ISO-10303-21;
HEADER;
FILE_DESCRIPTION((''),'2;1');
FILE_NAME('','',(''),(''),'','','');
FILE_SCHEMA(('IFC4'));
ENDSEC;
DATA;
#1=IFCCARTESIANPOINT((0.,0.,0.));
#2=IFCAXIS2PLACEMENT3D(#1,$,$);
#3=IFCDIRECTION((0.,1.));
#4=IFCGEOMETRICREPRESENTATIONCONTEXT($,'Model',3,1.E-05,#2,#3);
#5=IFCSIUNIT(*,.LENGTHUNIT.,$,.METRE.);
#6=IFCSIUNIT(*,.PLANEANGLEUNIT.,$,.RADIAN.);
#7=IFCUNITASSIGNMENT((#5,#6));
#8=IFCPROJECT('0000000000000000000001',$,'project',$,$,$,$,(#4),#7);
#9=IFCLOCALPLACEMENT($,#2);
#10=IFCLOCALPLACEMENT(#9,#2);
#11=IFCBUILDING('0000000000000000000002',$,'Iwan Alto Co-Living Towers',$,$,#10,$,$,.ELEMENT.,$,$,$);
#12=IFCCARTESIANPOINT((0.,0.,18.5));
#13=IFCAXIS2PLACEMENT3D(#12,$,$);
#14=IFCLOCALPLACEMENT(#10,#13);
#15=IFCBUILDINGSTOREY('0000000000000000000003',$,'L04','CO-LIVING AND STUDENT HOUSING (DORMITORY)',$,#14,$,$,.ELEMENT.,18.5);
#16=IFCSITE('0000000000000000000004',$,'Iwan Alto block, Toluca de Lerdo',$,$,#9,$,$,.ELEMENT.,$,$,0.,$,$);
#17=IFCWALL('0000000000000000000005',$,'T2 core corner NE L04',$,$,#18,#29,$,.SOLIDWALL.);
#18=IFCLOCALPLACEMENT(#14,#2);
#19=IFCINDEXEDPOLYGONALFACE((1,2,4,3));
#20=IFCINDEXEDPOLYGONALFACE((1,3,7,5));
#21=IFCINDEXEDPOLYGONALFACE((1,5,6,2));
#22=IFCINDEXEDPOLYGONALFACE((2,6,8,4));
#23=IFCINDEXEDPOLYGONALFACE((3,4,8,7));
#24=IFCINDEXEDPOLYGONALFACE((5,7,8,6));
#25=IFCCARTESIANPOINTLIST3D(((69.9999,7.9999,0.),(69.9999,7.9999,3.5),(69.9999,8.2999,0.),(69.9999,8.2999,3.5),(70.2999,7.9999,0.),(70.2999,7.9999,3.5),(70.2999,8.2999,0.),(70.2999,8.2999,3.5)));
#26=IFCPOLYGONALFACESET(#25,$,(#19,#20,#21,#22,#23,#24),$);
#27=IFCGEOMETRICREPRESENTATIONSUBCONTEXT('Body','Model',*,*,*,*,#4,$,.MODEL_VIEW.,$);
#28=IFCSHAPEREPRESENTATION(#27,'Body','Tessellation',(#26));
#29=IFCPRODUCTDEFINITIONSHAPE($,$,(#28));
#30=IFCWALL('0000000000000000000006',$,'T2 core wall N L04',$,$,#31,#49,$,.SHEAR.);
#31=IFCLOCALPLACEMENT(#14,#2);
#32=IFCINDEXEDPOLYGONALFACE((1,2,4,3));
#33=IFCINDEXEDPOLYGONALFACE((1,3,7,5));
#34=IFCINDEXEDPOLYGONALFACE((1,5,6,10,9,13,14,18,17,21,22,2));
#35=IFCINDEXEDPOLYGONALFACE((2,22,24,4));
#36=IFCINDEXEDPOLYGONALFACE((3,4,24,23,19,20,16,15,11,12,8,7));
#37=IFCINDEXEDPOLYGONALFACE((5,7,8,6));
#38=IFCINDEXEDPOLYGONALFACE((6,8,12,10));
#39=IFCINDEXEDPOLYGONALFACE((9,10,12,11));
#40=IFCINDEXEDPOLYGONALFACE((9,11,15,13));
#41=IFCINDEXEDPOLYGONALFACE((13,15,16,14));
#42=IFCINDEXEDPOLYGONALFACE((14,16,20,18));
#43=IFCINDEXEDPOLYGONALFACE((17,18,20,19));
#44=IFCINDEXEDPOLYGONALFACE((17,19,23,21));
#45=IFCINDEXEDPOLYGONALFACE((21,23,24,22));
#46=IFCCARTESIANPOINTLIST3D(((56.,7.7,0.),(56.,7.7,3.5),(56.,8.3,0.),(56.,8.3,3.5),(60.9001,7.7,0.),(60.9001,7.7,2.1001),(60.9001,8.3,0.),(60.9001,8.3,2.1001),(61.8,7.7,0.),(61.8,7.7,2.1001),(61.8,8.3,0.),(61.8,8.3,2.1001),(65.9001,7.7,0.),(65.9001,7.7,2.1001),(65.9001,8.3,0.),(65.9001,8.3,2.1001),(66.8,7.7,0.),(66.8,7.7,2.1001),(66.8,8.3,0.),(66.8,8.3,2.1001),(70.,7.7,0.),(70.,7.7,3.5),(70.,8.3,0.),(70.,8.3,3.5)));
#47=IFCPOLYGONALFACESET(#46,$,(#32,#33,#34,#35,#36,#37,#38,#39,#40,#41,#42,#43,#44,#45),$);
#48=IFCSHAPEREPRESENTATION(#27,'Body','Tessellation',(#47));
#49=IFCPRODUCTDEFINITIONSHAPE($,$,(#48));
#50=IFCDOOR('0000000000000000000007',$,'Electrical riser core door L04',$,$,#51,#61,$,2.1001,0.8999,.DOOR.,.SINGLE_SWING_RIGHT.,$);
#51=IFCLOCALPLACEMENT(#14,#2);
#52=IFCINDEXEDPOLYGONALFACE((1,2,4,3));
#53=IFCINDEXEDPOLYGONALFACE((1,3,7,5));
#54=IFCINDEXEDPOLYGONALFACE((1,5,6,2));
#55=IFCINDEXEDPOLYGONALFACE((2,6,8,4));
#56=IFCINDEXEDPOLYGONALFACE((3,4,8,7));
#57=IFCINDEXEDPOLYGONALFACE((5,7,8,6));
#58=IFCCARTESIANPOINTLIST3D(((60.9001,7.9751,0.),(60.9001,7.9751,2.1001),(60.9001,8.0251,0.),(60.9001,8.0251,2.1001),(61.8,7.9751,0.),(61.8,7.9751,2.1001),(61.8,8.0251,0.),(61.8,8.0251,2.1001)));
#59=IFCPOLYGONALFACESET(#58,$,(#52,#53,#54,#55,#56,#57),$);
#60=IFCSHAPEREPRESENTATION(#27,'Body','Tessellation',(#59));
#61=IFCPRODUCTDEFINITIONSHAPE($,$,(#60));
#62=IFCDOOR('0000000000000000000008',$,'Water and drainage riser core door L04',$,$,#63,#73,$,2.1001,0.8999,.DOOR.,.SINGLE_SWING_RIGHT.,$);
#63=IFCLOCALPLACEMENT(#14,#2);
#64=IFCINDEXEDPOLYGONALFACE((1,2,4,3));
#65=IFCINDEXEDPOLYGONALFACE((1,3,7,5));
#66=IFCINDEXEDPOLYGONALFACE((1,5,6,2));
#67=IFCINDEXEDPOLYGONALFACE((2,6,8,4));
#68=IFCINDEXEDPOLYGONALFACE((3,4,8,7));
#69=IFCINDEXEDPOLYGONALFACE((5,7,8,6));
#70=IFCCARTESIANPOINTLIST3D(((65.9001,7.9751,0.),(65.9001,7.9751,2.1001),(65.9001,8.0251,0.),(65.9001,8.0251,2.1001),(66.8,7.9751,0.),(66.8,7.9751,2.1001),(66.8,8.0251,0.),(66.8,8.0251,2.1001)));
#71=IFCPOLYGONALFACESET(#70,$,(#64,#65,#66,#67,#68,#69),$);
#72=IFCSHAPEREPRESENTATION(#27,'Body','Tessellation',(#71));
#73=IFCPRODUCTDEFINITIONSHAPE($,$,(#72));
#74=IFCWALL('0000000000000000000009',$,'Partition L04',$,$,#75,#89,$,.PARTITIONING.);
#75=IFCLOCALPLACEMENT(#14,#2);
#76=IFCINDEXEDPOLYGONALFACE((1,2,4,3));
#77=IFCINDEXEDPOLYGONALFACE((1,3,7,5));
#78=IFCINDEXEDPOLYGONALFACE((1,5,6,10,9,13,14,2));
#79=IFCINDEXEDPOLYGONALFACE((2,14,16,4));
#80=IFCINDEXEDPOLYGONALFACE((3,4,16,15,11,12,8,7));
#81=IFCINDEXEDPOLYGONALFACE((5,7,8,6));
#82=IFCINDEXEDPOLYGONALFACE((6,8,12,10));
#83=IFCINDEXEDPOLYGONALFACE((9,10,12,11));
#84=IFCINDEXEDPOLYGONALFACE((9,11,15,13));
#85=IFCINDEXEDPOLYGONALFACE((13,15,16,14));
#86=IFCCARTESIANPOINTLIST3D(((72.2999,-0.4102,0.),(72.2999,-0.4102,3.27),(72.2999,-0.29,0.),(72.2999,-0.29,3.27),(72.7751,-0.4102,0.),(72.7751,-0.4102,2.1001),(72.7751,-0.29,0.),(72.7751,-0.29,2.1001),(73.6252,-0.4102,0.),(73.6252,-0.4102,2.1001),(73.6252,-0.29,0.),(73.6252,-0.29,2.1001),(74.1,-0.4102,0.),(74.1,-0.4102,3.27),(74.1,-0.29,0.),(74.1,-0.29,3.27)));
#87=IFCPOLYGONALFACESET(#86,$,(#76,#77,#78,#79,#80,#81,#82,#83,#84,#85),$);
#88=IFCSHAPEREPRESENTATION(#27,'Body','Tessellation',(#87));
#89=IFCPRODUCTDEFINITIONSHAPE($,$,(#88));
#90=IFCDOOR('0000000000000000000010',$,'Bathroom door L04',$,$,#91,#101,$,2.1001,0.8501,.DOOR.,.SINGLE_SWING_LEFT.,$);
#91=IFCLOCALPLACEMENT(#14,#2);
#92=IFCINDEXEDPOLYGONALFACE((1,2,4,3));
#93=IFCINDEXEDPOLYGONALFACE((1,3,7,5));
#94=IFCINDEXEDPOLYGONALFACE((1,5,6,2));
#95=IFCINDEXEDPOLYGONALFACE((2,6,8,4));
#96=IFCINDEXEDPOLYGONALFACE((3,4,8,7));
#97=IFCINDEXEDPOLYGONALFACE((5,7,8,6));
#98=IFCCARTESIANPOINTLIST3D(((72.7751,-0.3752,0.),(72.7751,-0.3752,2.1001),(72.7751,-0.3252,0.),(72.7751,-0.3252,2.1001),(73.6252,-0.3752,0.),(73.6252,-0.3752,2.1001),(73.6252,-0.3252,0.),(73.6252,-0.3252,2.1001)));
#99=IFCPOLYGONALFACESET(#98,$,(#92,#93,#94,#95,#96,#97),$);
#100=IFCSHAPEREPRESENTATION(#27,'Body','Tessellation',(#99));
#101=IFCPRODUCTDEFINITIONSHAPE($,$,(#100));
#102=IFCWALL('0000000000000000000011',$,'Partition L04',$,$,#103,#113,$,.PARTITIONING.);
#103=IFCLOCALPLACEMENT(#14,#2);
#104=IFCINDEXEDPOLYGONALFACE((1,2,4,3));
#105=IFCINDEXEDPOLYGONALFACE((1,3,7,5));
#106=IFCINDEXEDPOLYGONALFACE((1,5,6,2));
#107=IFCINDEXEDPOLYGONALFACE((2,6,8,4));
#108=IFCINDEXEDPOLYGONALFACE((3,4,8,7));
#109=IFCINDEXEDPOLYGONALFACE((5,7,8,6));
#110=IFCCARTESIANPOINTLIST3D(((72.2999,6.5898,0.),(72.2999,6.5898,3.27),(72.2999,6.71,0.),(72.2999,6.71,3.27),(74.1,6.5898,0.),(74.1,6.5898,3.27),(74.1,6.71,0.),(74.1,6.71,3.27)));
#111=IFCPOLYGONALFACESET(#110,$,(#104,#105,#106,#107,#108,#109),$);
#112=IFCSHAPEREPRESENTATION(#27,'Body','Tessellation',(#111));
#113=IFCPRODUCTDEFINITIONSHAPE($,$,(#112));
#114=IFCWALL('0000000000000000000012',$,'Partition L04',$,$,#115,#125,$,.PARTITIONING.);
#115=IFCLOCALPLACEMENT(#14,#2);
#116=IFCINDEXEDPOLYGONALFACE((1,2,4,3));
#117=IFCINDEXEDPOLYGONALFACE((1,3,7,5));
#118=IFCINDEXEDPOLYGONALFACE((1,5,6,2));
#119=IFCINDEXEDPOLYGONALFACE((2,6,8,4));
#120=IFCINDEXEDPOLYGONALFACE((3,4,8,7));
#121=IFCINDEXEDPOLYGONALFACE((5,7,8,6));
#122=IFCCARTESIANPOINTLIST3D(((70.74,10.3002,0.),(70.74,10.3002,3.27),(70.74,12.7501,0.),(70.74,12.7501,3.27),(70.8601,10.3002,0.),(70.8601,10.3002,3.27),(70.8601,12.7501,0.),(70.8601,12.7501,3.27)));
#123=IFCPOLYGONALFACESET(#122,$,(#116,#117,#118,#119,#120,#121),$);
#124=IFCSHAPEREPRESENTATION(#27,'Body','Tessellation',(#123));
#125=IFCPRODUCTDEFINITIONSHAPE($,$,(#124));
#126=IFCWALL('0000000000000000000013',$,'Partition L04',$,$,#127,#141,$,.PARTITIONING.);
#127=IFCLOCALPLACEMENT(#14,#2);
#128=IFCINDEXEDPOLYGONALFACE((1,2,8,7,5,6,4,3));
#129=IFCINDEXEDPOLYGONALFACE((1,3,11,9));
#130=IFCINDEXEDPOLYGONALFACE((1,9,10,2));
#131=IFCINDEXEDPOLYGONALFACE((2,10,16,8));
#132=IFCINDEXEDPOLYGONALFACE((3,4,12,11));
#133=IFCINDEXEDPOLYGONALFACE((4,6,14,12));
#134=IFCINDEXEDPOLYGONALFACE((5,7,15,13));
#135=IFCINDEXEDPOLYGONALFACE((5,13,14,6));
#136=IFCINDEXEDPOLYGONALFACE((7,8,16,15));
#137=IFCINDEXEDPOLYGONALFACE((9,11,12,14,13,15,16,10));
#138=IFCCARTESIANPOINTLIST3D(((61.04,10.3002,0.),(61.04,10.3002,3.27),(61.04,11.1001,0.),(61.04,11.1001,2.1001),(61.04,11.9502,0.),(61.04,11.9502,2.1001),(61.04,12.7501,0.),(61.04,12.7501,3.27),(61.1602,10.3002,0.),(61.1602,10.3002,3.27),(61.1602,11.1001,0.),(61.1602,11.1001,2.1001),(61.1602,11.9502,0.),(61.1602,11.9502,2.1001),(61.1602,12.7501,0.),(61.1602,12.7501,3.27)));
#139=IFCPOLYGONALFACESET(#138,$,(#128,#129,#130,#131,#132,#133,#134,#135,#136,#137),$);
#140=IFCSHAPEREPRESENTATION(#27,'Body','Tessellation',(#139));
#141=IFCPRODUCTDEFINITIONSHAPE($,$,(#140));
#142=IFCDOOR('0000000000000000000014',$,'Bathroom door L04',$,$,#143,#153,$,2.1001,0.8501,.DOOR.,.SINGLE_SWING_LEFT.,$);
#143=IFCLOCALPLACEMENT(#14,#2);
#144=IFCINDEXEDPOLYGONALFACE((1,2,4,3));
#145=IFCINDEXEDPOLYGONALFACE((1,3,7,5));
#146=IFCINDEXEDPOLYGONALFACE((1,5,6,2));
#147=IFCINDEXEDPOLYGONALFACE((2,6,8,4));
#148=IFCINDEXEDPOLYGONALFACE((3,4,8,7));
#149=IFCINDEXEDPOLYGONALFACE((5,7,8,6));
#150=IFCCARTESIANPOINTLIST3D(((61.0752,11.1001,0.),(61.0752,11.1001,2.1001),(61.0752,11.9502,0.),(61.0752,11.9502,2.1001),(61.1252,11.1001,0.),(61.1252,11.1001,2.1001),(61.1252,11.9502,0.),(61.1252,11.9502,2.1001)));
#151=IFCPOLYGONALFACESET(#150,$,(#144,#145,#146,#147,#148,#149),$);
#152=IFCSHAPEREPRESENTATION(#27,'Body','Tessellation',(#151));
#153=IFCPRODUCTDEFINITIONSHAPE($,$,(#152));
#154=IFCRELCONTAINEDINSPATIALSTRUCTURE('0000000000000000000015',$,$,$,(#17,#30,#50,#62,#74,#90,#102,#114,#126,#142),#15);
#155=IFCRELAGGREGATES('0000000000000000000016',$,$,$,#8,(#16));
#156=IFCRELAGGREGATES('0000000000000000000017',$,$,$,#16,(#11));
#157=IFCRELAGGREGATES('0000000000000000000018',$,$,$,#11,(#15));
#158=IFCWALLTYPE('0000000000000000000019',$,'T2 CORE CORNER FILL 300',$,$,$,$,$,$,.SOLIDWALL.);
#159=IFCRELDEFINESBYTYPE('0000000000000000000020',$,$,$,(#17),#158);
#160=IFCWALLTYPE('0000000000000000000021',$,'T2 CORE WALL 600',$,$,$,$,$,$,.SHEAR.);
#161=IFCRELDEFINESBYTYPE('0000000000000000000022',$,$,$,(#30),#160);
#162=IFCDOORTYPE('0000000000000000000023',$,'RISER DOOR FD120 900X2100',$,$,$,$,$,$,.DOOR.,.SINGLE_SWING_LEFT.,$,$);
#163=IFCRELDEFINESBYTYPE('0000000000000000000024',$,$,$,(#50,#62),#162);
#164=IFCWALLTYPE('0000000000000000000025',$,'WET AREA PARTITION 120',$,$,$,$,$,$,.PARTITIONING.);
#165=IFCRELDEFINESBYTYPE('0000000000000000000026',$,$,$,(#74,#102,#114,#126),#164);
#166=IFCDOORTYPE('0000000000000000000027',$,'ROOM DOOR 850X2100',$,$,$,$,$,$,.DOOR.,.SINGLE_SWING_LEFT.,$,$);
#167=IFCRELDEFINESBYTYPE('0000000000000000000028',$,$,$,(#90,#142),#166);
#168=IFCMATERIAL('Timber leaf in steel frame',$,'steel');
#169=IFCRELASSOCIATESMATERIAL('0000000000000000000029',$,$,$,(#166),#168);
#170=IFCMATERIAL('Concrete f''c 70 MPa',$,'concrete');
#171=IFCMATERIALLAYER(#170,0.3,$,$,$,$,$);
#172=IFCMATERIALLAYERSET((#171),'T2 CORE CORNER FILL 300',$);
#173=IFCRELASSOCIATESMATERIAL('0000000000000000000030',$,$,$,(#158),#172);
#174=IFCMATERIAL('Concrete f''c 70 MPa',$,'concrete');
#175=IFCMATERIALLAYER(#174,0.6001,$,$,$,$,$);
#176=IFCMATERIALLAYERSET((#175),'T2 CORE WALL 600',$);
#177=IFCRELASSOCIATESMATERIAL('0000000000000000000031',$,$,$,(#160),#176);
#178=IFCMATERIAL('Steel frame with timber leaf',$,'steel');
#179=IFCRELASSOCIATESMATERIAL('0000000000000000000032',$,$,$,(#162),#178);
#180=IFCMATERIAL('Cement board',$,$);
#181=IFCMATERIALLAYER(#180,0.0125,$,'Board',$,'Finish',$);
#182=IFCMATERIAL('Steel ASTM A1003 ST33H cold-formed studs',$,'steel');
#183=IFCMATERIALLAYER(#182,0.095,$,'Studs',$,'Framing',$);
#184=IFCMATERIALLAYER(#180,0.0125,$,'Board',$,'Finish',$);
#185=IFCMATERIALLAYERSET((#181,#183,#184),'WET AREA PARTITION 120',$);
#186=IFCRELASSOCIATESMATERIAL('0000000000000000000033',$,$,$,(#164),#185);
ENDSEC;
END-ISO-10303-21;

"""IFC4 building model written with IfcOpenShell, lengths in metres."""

from ifc_helpers import new_model, si_unit, direction, frame, frame_2d, origin, place, context, subcontext, project, spatial, rectangle, extrude, material, layer, layer_set, type_object, element, fill, save


model = new_model("IFC4")

# Units and contexts
model_context = context("Model", 3, precision=1e-05, world=origin(), true_north=direction((0.0, 1.0)))
body_context = subcontext(model_context, "Body", "Model", "MODEL_VIEW")
ifc_project = project(units=[si_unit("LENGTHUNIT", "METRE"), si_unit("PLANEANGLEUNIT", "RADIAN")], contexts=[model_context])

# Site, building, storey
site_placement = place(None, origin())
site = spatial("IfcSite", under=ifc_project, at=site_placement, Name="Iwan Alto block, Toluca de Lerdo", CompositionType="ELEMENT", RefElevation=0.0)
building_placement = place(site_placement, origin())
building = spatial("IfcBuilding", under=site, at=building_placement, Name="Iwan Alto Co-Living Towers", CompositionType="ELEMENT")
storey_placement = place(building_placement, frame((0.0, 0.0, 18.5)))
storey = spatial("IfcBuildingStorey", under=building, at=storey_placement, Name="L04", Description="CO-LIVING AND STUDENT HOUSING (DORMITORY)", CompositionType="ELEMENT", Elevation=18.5)

# Shared definitions
ifc_material_1 = material(Name="Steel ASTM A1003 ST33H cold-formed studs", Category="steel")
ifc_material_2 = material(Name="Timber leaf in steel frame", Category="steel")
door_type_1 = type_object("IfcDoorType", Name="ROOM DOOR 850X2100", OperationType="SINGLE_SWING_LEFT", PredefinedType="DOOR", material=ifc_material_2)

# Wall
ifc_material_3 = material(Name="Concrete f'c 70 MPa", Category="concrete")
ifc_layer_1 = layer(ifc_material_3, 0.3)
ifc_layer_set_1 = layer_set([ifc_layer_1], Name="T2 CORE CORNER FILL 300")
wall_type_1 = type_object("IfcWallType", Name="T2 CORE CORNER FILL 300", PredefinedType="SOLIDWALL", material=ifc_layer_set_1)
wall_1_placement = place(storey_placement, frame((70.0, 8.1499, 0.0), z_axis=(0.0, 0.0, 1.0), x_axis=(1.0, 0.0, 0.0)))
element("IfcWall", 1, at=wall_1_placement, inside=storey, type_object=wall_type_1, Name="T2 core corner NE L04", PredefinedType="SOLIDWALL", context=body_context, shape_type="SweptSolid", body=[
    extrude(rectangle(XDim=0.3, YDim=0.3, at=frame_2d((0.1499, 0.0))), origin(), (0.0, 0.0, 1.0), 3.5),
])

# Wall, openings, doors
ifc_material_4 = material(Name="Concrete f'c 70 MPa", Category="concrete")
ifc_layer_2 = layer(ifc_material_4, 0.6001)
ifc_layer_set_2 = layer_set([ifc_layer_2], Name="T2 CORE WALL 600")
wall_type_2 = type_object("IfcWallType", Name="T2 CORE WALL 600", PredefinedType="SHEAR", material=ifc_layer_set_2)
wall_2_placement = place(storey_placement, frame((70.0, 8.0, 0.0), z_axis=(0.0, 0.0, 1.0), x_axis=(-1.0, 0.0, 0.0)))
wall_2 = element("IfcWall", 2, at=wall_2_placement, inside=storey, type_object=wall_type_2, Name="T2 core wall N L04", PredefinedType="SHEAR", context=body_context, shape_type="SweptSolid", body=[
    extrude(rectangle(XDim=14.0, YDim=0.6001, at=frame_2d((7.0, 0.0))), origin(), (0.0, 0.0, 1.0), 3.5),
])
opening_1_placement = place(wall_2_placement, frame((8.2, 0.0, 0.0)))
opening_1 = element("IfcOpeningElement", 3, at=opening_1_placement, cuts=wall_2, PredefinedType="OPENING", context=body_context, shape_type="SweptSolid", body=[
    extrude(rectangle(XDim=0.8999, YDim=2.1001, at=frame_2d((0.45, 1.05))), frame((0.0, 0.3101, 0.0), z_axis=(0.0, -1.0, 0.0), x_axis=(1.0, 0.0, 0.0)), (0.0, 0.0, 1.0), 0.6201),
])
opening_2_placement = place(wall_2_placement, frame((3.2, 0.0, 0.0)))
opening_2 = element("IfcOpeningElement", 4, at=opening_2_placement, cuts=wall_2, PredefinedType="OPENING", context=body_context, shape_type="SweptSolid", body=[
    extrude(rectangle(XDim=0.8999, YDim=2.1001, at=frame_2d((0.45, 1.05))), frame((0.0, 0.3101, 0.0), z_axis=(0.0, -1.0, 0.0), x_axis=(1.0, 0.0, 0.0)), (0.0, 0.0, 1.0), 0.6201),
])
ifc_material_5 = material(Name="Steel frame with timber leaf", Category="steel")
door_type_2 = type_object("IfcDoorType", Name="RISER DOOR FD120 900X2100", OperationType="SINGLE_SWING_LEFT", PredefinedType="DOOR", material=ifc_material_5)
door_1_placement = place(opening_1_placement, origin())
door_1 = element("IfcDoor", 5, at=door_1_placement, inside=storey, type_object=door_type_2, Name="Electrical riser core door L04", OperationType="SINGLE_SWING_RIGHT", OverallHeight=2.1001, OverallWidth=0.8999, PredefinedType="DOOR", context=body_context, shape_type="SweptSolid", body=[
    extrude(rectangle(XDim=0.8999, YDim=2.1001, at=frame_2d((0.45, 1.05))), frame((0.0, 0.0249, 0.0), z_axis=(0.0, -1.0, 0.0), x_axis=(1.0, 0.0, 0.0)), (0.0, 0.0, 1.0), 0.05),
])
fill(opening_1, door_1)
door_2_placement = place(opening_2_placement, origin())
door_2 = element("IfcDoor", 6, at=door_2_placement, inside=storey, type_object=door_type_2, Name="Water and drainage riser core door L04", OperationType="SINGLE_SWING_RIGHT", OverallHeight=2.1001, OverallWidth=0.8999, PredefinedType="DOOR", context=body_context, shape_type="SweptSolid", body=[
    extrude(rectangle(XDim=0.8999, YDim=2.1001, at=frame_2d((0.45, 1.05))), frame((0.0, 0.0249, 0.0), z_axis=(0.0, -1.0, 0.0), x_axis=(1.0, 0.0, 0.0)), (0.0, 0.0, 1.0), 0.05),
])
fill(opening_2, door_2)

# Wall, opening, door
ifc_material_6 = material(Name="Cement board")
ifc_layer_3 = layer(ifc_material_6, 0.0125, Name="Board", Category="Finish")
ifc_layer_4 = layer(ifc_material_1, 0.095, Name="Studs", Category="Framing")
ifc_layer_5 = layer(ifc_material_6, 0.0125, Name="Board", Category="Finish")
ifc_layer_set_3 = layer_set([ifc_layer_3, ifc_layer_4, ifc_layer_5], Name="WET AREA PARTITION 120")
wall_type_3 = type_object("IfcWallType", Name="WET AREA PARTITION 120", PredefinedType="PARTITIONING", material=ifc_layer_set_3)
wall_3_placement = place(storey_placement, frame((72.3, -0.3501, 0.0), z_axis=(0.0, 0.0, 1.0), x_axis=(1.0, 0.0, 0.0)))
wall_3 = element("IfcWall", 7, at=wall_3_placement, inside=storey, type_object=wall_type_3, Name="Partition L04", PredefinedType="PARTITIONING", context=body_context, shape_type="SweptSolid", body=[
    extrude(rectangle(XDim=1.8, YDim=0.1201, at=frame_2d((0.8999, 0.0))), origin(), (0.0, 0.0, 1.0), 3.27),
])
opening_3_placement = place(wall_3_placement, frame((0.4751, 0.0, 0.0)))
opening_3 = element("IfcOpeningElement", 8, at=opening_3_placement, cuts=wall_3, PredefinedType="OPENING", context=body_context, shape_type="SweptSolid", body=[
    extrude(rectangle(XDim=0.8501, YDim=2.1001, at=frame_2d((0.425, 1.05))), frame((0.0, 0.0701, 0.0), z_axis=(0.0, -1.0, 0.0), x_axis=(1.0, 0.0, 0.0)), (0.0, 0.0, 1.0), 0.1401),
])
door_3_placement = place(opening_3_placement, origin())
door_3 = element("IfcDoor", 9, at=door_3_placement, inside=storey, type_object=door_type_1, Name="Bathroom door L04", OperationType="SINGLE_SWING_LEFT", OverallHeight=2.1001, OverallWidth=0.8501, PredefinedType="DOOR", context=body_context, shape_type="SweptSolid", body=[
    extrude(rectangle(XDim=0.8501, YDim=2.1001, at=frame_2d((0.425, 1.05))), frame((0.0, 0.0249, 0.0), z_axis=(0.0, -1.0, 0.0), x_axis=(1.0, 0.0, 0.0)), (0.0, 0.0, 1.0), 0.05),
])
fill(opening_3, door_3)

# Walls
wall_4_placement = place(storey_placement, frame((72.3, 6.6499, 0.0), z_axis=(0.0, 0.0, 1.0), x_axis=(1.0, 0.0, 0.0)))
element("IfcWall", 10, at=wall_4_placement, inside=storey, type_object=wall_type_3, Name="Partition L04", PredefinedType="PARTITIONING", context=body_context, shape_type="SweptSolid", body=[
    extrude(rectangle(XDim=1.8, YDim=0.1201, at=frame_2d((0.8999, 0.0))), origin(), (0.0, 0.0, 1.0), 3.27),
])
wall_5_placement = place(storey_placement, frame((70.8, 10.3, 0.0), z_axis=(0.0, 0.0, 1.0), x_axis=(0.0, 1.0, 0.0)))
element("IfcWall", 11, at=wall_5_placement, inside=storey, type_object=wall_type_3, Name="Partition L04", PredefinedType="PARTITIONING", context=body_context, shape_type="SweptSolid", body=[
    extrude(rectangle(XDim=2.45, YDim=0.1201, at=frame_2d((1.2251, 0.0))), origin(), (0.0, 0.0, 1.0), 3.27),
])

# Wall, opening, door
wall_6_placement = place(storey_placement, frame((61.1001, 10.3, 0.0), z_axis=(0.0, 0.0, 1.0), x_axis=(0.0, 1.0, 0.0)))
wall_6 = element("IfcWall", 12, at=wall_6_placement, inside=storey, type_object=wall_type_3, Name="Partition L04", PredefinedType="PARTITIONING", context=body_context, shape_type="SweptSolid", body=[
    extrude(rectangle(XDim=2.45, YDim=0.1201, at=frame_2d((1.2251, 0.0))), origin(), (0.0, 0.0, 1.0), 3.27),
])
opening_4_placement = place(wall_6_placement, frame((0.8, 0.0, 0.0)))
opening_4 = element("IfcOpeningElement", 13, at=opening_4_placement, cuts=wall_6, PredefinedType="OPENING", context=body_context, shape_type="SweptSolid", body=[
    extrude(rectangle(XDim=0.8501, YDim=2.1001, at=frame_2d((0.425, 1.05))), frame((0.0, 0.0701, 0.0), z_axis=(0.0, -1.0, 0.0), x_axis=(1.0, 0.0, 0.0)), (0.0, 0.0, 1.0), 0.1401),
])
door_4_placement = place(opening_4_placement, origin())
door_4 = element("IfcDoor", 14, at=door_4_placement, inside=storey, type_object=door_type_1, Name="Bathroom door L04", OperationType="SINGLE_SWING_LEFT", OverallHeight=2.1001, OverallWidth=0.8501, PredefinedType="DOOR", context=body_context, shape_type="SweptSolid", body=[
    extrude(rectangle(XDim=0.8501, YDim=2.1001, at=frame_2d((0.425, 1.05))), frame((0.0, 0.0249, 0.0), z_axis=(0.0, -1.0, 0.0), x_axis=(1.0, 0.0, 0.0)), (0.0, 0.0, 1.0), 0.05),
])
fill(opening_4, door_4)

save(model, "model.ifc")
